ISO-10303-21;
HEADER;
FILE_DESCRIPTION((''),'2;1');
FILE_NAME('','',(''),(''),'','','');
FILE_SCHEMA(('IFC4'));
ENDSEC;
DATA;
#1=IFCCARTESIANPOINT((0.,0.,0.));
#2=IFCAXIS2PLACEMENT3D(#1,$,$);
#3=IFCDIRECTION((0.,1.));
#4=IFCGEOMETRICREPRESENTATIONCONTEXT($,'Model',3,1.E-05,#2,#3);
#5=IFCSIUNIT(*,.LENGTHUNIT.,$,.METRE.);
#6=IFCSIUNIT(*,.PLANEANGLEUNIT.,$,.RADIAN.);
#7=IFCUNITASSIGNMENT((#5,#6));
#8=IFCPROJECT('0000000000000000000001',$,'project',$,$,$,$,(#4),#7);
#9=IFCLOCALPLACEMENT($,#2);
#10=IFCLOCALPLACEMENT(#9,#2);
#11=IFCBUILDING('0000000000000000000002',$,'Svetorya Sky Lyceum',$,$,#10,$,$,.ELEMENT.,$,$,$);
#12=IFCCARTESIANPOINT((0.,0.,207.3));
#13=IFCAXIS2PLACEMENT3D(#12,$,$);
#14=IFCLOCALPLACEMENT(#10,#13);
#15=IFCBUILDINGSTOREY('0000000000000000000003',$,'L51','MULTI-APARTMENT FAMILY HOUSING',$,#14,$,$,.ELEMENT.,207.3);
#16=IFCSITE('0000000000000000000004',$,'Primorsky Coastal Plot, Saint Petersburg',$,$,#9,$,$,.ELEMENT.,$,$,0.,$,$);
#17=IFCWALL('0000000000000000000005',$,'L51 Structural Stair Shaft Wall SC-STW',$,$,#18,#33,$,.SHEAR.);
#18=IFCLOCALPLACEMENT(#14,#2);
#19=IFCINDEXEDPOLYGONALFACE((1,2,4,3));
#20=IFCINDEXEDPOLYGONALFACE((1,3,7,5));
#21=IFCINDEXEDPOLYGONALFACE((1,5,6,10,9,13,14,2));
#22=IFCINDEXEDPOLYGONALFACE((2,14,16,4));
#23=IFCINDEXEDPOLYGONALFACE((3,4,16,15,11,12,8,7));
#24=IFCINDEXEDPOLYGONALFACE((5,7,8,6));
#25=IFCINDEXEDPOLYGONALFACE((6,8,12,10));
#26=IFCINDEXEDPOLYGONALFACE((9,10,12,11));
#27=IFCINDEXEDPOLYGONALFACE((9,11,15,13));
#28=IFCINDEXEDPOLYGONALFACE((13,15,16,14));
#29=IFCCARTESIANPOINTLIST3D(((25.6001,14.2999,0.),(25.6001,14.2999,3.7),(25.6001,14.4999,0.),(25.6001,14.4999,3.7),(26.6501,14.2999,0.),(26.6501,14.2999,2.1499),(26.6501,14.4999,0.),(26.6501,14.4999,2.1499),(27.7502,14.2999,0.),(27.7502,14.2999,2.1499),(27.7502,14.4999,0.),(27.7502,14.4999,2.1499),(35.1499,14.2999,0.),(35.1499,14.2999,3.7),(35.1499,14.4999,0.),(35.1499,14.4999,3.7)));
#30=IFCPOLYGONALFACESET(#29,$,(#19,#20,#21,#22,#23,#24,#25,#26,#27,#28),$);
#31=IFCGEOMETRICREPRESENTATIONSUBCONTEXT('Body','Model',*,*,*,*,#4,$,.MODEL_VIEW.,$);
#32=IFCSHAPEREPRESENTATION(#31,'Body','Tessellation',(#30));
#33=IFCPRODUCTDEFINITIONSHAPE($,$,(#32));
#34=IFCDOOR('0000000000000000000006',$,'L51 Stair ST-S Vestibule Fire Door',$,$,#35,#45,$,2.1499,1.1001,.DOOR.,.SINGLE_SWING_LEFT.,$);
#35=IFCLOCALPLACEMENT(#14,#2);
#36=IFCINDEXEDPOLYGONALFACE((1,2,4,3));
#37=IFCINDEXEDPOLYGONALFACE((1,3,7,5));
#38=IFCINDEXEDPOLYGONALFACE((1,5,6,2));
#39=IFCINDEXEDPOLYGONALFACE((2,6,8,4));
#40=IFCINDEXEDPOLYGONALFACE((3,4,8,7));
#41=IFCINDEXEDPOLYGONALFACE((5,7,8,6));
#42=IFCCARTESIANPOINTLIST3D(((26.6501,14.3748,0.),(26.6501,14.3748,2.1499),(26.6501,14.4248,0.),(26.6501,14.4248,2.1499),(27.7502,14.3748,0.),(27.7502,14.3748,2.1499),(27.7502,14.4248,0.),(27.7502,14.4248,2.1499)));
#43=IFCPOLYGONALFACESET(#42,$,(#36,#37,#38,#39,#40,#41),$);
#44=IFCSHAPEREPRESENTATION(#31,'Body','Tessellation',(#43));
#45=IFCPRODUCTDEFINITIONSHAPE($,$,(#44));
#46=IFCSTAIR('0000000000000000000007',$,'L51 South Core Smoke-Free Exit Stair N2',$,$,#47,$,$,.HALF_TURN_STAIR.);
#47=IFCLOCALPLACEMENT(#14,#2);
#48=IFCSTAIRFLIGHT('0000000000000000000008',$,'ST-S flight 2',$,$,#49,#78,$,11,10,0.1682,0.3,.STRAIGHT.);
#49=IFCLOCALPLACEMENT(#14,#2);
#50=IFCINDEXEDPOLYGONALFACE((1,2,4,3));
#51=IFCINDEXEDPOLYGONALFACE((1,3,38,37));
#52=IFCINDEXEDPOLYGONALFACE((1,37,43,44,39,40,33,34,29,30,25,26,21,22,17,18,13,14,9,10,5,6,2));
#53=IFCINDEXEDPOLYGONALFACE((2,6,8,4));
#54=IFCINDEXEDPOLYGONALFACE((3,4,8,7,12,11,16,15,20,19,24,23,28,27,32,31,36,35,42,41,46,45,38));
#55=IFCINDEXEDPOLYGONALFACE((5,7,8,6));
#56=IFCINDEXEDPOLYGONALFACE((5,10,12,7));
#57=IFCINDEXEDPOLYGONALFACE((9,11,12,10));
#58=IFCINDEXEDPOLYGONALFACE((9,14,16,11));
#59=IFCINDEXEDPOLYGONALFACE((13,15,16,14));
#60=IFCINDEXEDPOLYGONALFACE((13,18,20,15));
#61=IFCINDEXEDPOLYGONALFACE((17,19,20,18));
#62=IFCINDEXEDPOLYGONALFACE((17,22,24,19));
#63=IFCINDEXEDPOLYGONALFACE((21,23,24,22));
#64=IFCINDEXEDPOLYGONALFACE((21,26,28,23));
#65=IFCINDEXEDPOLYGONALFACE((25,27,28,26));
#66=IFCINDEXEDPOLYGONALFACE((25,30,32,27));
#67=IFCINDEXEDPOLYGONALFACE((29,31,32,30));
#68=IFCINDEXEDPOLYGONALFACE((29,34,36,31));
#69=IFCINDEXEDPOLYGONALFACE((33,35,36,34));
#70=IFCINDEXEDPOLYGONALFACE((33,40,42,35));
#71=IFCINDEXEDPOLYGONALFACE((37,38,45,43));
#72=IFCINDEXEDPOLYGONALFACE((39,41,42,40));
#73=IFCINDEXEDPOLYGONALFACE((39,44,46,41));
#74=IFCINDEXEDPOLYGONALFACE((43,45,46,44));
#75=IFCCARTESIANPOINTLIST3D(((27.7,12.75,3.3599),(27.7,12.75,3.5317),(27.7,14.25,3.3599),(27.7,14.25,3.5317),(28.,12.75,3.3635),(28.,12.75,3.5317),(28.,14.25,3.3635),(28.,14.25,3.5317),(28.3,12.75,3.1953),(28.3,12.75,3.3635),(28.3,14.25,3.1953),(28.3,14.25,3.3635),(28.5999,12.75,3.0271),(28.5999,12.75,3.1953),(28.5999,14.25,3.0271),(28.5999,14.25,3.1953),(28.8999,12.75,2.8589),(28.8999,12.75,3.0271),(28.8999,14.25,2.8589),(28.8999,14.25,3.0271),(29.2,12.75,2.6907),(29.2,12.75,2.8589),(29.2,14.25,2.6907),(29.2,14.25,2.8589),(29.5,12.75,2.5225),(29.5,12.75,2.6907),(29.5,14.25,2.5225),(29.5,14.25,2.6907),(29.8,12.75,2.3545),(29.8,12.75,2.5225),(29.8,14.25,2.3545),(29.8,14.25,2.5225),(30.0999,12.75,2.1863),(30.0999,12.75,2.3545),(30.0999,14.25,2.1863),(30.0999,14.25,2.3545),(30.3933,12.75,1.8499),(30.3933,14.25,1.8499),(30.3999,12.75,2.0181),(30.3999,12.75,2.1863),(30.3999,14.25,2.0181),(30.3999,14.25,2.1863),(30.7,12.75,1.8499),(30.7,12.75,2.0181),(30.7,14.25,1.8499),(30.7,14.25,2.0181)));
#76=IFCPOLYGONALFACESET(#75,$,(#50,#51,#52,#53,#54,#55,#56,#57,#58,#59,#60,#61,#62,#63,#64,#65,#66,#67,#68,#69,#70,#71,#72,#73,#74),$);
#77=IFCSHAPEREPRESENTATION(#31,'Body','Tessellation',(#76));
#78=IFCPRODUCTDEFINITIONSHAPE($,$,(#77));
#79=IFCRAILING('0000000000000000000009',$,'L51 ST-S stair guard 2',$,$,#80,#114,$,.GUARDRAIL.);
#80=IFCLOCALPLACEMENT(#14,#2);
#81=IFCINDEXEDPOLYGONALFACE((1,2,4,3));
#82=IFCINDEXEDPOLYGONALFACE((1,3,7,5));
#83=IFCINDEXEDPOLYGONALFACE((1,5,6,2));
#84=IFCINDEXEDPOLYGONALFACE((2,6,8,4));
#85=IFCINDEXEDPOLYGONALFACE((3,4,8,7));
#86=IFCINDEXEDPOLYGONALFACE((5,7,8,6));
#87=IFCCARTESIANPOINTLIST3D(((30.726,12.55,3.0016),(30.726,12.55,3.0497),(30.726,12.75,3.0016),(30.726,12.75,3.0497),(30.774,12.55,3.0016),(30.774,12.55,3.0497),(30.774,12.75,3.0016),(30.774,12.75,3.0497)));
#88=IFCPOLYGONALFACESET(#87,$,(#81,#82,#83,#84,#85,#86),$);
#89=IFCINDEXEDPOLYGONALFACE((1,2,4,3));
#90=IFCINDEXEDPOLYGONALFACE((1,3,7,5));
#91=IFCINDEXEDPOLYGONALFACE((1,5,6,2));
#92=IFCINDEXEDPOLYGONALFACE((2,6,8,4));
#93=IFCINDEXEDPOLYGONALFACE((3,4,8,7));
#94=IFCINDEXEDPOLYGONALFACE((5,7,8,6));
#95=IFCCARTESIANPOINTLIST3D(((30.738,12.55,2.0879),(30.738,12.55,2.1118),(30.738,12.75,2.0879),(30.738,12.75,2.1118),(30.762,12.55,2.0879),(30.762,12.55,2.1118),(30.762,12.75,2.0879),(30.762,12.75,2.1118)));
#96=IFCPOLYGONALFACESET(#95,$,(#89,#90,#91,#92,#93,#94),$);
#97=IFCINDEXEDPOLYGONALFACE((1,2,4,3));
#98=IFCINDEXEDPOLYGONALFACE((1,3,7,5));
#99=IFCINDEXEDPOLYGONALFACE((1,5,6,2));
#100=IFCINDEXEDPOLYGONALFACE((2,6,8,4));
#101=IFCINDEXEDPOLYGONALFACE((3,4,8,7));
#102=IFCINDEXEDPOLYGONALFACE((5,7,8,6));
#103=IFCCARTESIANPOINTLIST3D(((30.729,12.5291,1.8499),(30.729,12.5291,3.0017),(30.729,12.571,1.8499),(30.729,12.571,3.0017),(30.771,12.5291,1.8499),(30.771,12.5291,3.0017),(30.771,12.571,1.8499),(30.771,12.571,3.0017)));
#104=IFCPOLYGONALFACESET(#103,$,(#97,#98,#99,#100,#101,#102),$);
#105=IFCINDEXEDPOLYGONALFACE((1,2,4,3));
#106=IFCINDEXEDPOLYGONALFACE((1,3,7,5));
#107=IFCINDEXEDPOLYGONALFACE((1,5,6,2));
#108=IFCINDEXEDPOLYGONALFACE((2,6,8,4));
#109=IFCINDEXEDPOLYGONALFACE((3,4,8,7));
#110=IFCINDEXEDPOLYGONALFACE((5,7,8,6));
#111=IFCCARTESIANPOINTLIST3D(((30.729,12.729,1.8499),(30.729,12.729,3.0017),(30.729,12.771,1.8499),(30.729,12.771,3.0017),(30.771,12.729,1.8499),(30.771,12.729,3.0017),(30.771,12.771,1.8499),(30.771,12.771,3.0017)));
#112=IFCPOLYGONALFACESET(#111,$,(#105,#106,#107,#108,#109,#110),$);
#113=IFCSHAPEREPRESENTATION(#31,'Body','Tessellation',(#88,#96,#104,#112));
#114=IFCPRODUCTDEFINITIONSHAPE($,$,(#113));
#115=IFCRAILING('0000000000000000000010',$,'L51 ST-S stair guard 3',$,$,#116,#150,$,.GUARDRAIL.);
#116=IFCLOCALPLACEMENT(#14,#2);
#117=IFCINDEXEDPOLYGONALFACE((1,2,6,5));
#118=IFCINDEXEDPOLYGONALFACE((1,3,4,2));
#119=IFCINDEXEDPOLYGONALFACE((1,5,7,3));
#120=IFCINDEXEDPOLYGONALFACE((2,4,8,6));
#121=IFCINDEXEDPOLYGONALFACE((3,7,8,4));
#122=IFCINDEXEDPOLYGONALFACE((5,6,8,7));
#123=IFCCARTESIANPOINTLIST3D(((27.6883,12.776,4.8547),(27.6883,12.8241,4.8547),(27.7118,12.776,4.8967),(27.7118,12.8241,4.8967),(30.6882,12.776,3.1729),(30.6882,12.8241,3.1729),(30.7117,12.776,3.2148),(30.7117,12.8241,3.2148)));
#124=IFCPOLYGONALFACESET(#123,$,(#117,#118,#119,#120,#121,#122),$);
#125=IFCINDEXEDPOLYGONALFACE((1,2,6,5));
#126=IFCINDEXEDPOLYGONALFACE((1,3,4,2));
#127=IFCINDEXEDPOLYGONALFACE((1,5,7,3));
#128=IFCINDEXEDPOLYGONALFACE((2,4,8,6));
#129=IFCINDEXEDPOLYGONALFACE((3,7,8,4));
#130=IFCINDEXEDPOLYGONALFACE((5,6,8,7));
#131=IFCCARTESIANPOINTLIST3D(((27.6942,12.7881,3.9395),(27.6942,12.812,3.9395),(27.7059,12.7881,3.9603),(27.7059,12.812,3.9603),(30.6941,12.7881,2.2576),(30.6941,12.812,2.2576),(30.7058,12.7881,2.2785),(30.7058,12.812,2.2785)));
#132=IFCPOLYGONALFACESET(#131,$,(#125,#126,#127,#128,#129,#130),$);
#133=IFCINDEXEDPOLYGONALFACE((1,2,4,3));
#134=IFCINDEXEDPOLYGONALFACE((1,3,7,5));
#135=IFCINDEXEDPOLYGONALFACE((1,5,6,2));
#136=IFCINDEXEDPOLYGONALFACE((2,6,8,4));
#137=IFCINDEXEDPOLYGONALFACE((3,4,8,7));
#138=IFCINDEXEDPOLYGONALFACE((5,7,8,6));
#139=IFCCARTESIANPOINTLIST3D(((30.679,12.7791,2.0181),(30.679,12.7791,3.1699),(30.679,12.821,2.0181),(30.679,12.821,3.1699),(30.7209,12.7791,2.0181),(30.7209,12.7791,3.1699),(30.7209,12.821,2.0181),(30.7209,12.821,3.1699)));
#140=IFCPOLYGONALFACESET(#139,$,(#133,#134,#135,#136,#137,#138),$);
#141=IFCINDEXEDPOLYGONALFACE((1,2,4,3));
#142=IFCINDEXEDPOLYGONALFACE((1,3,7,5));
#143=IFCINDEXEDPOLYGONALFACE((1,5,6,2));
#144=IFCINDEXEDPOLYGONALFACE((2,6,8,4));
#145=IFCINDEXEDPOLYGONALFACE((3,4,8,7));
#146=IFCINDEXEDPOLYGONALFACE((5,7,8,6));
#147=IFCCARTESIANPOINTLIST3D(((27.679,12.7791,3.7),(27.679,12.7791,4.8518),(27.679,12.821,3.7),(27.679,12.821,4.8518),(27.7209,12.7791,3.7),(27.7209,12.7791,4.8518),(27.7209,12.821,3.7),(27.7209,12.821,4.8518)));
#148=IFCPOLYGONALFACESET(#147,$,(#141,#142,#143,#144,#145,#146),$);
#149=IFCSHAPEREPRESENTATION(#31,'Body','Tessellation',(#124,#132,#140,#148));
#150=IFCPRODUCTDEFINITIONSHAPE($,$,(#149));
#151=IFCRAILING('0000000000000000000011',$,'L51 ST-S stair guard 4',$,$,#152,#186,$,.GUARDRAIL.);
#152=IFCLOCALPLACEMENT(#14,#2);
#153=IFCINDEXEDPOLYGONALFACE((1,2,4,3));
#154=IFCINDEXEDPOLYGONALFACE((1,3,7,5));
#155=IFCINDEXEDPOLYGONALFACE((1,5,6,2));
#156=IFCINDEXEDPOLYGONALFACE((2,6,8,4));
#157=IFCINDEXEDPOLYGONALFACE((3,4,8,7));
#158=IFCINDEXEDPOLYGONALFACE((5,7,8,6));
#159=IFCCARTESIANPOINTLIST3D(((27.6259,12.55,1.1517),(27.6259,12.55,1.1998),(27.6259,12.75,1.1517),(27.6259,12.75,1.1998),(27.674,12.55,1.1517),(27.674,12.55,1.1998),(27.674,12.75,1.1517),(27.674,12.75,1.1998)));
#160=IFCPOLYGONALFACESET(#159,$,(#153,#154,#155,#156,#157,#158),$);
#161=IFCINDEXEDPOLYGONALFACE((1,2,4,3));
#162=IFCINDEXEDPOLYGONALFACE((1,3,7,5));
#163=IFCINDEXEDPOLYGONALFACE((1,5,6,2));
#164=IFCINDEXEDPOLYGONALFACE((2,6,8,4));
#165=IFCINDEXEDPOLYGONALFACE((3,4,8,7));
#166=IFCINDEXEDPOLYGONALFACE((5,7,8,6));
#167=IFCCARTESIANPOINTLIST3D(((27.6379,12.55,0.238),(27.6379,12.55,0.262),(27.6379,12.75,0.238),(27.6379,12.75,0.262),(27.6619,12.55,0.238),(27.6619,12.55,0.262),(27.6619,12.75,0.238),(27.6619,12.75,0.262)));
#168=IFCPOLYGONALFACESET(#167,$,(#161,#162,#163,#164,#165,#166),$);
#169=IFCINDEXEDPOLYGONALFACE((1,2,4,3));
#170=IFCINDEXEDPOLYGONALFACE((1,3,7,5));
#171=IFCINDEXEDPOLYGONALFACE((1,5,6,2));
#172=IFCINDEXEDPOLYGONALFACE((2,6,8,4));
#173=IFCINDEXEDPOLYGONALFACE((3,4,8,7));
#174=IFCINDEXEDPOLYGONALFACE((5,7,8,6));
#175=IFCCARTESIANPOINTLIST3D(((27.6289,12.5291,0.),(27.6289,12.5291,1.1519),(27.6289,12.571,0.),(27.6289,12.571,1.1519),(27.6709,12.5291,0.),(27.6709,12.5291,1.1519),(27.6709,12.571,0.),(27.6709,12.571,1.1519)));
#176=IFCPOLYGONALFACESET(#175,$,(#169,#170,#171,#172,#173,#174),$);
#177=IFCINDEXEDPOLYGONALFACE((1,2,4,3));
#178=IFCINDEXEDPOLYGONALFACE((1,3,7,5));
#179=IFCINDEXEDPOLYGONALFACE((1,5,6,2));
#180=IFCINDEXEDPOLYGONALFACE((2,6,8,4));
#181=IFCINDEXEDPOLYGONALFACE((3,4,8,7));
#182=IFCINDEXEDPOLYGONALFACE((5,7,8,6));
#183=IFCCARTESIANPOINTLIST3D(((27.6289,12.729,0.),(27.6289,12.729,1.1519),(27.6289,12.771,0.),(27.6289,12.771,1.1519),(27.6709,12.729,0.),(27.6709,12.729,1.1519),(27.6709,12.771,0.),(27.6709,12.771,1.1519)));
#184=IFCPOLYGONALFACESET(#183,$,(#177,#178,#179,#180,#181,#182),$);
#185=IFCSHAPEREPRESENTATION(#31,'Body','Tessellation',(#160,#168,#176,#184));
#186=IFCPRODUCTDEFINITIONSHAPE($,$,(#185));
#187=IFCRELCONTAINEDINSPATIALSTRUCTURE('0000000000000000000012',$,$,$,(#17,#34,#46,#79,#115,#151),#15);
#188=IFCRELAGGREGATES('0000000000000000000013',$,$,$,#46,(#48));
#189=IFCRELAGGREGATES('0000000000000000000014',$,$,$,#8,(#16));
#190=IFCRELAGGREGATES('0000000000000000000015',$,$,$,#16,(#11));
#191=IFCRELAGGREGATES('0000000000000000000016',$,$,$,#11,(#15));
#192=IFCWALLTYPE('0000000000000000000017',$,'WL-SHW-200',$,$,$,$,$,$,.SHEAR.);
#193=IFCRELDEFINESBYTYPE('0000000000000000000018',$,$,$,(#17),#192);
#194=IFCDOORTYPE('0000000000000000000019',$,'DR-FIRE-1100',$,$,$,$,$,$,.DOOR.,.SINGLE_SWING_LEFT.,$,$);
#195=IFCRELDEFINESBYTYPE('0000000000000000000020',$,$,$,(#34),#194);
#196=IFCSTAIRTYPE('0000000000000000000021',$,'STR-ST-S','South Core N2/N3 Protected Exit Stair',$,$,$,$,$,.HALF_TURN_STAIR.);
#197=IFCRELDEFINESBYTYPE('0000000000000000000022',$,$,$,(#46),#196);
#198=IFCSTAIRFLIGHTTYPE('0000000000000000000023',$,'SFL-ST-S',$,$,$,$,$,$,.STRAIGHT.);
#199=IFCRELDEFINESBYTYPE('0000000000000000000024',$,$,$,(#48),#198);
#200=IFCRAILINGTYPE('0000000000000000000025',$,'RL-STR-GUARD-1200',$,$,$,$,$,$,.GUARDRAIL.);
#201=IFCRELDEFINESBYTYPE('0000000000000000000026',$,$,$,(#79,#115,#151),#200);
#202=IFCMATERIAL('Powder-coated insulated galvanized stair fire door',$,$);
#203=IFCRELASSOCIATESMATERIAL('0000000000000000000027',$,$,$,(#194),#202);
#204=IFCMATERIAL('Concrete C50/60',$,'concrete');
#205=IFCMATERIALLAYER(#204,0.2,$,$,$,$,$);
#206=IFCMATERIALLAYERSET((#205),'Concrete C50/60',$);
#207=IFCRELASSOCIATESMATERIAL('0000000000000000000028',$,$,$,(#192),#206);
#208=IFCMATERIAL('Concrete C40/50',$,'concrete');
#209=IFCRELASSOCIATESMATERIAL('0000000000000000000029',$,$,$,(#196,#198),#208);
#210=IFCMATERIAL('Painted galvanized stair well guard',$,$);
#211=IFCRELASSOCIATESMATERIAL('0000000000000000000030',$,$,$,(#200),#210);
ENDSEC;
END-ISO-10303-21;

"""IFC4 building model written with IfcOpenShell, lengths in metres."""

from ifc_helpers import new_model, si_unit, direction, frame, frame_2d, origin, origin_2d, place, context, subcontext, project, spatial, polyline, rectangle, outline, extrude, material, layer, layer_set, type_object, element, fill, aggregate, save


model = new_model("IFC4")

# Units and contexts
model_context = context("Model", 3, precision=1e-05, world=origin(), true_north=direction((0.0, 1.0)))
body_context = subcontext(model_context, "Body", "Model", "MODEL_VIEW")
ifc_project = project(units=[si_unit("LENGTHUNIT", "METRE"), si_unit("PLANEANGLEUNIT", "RADIAN")], contexts=[model_context])

# Site, building, storey
site_placement = place(None, origin())
site = spatial("IfcSite", under=ifc_project, at=site_placement, Name="Primorsky Coastal Plot, Saint Petersburg", CompositionType="ELEMENT", RefElevation=0.0)
building_placement = place(site_placement, origin())
building = spatial("IfcBuilding", under=site, at=building_placement, Name="Svetorya Sky Lyceum", CompositionType="ELEMENT")
storey_placement = place(building_placement, frame((0.0, 0.0, 207.3)))
storey = spatial("IfcBuildingStorey", under=building, at=storey_placement, Name="L51", Description="MULTI-APARTMENT FAMILY HOUSING", CompositionType="ELEMENT", Elevation=207.3)

# Shared definitions
ifc_material_1 = material(Name="Concrete C50/60", Category="concrete")

# Shared definitions
ifc_material_2 = material(Name="Powder-coated insulated galvanized stair fire door")
door_type_1 = type_object("IfcDoorType", Name="DR-FIRE-1100", OperationType="SINGLE_SWING_LEFT", PredefinedType="DOOR", material=ifc_material_2)

# Wall, opening, door
ifc_layer_1 = layer(ifc_material_1, 0.2)
ifc_layer_set_1 = layer_set([ifc_layer_1], Name="Concrete C50/60")
wall_type_1 = type_object("IfcWallType", Name="WL-SHW-200", PredefinedType="SHEAR", material=ifc_layer_set_1)
wall_1_placement = place(storey_placement, frame((25.6001, 14.3999, 0.0), z_axis=(0.0, 0.0, 1.0), x_axis=(1.0, 0.0, 0.0)))
wall_1 = element("IfcWall", 1, at=wall_1_placement, inside=storey, type_object=wall_type_1, Name="L51 Structural Stair Shaft Wall SC-STW", PredefinedType="SHEAR", context=body_context, shape_type="SweptSolid", body=[
    extrude(rectangle(XDim=9.5498, YDim=0.2, at=frame_2d((4.7749, 0.0))), origin(), (0.0, 0.0, 1.0), 3.7),
])
opening_1_placement = place(wall_1_placement, frame((1.05, 0.0, 0.0)))
opening_1 = element("IfcOpeningElement", 2, at=opening_1_placement, cuts=wall_1, PredefinedType="OPENING", context=body_context, shape_type="SweptSolid", body=[
    extrude(rectangle(XDim=1.1001, YDim=2.1499, at=frame_2d((0.55, 1.075))), frame((0.0, 0.1099, 0.0), z_axis=(0.0, -1.0, 0.0), x_axis=(1.0, 0.0, 0.0)), (0.0, 0.0, 1.0), 0.22),
])
door_1_placement = place(opening_1_placement, origin())
door_1 = element("IfcDoor", 3, at=door_1_placement, inside=storey, type_object=door_type_1, Name="L51 Stair ST-S Vestibule Fire Door", OperationType="SINGLE_SWING_LEFT", OverallHeight=2.1499, OverallWidth=1.1001, PredefinedType="DOOR", context=body_context, shape_type="SweptSolid", body=[
    extrude(rectangle(XDim=1.1001, YDim=2.1499, at=frame_2d((0.55, 1.075))), frame((0.0, 0.0249, 0.0), z_axis=(0.0, -1.0, 0.0), x_axis=(1.0, 0.0, 0.0)), (0.0, 0.0, 1.0), 0.05),
])
fill(opening_1, door_1)

# Stair, stair flight
ifc_material_3 = material(Name="Concrete C40/50", Category="concrete")
stair_type = type_object("IfcStairType", Name="STR-ST-S", Description="South Core N2/N3 Protected Exit Stair", PredefinedType="HALF_TURN_STAIR", material=ifc_material_3)
stair_placement = place(storey_placement, origin())
stair = element("IfcStair", 4, at=stair_placement, inside=storey, type_object=stair_type, Name="L51 South Core Smoke-Free Exit Stair N2", PredefinedType="HALF_TURN_STAIR")
stair_flight_type = type_object("IfcStairFlightType", Name="SFL-ST-S", PredefinedType="STRAIGHT", material=ifc_material_3)
stair_flight_placement = place(storey_placement, frame((30.7, 13.5, 1.8499), z_axis=(0.0, 0.0, 1.0), x_axis=(-1.0, 0.0, 0.0)))
stair_flight = element("IfcStairFlight", 5, at=stair_flight_placement, type_object=stair_flight_type, Name="ST-S flight 2", NumberOfRisers=11, NumberOfTreads=10, PredefinedType="STRAIGHT", RiserHeight=0.1682, TreadLength=0.3, context=body_context, shape_type="SweptSolid", body=[
    extrude(outline(polyline([(0.0, 0.0), (0.0, 0.1682), (0.3, 0.1682), (0.3, 0.3364), (0.6001, 0.3364), (0.6001, 0.5046), (0.8999, 0.5046), (0.8999, 0.6726), (1.2, 0.6726), (1.2, 0.8408), (1.5, 0.8408), (1.5, 1.009), (1.8, 1.009), (1.8, 1.1772), (2.1001, 1.1772), (2.1001, 1.3455), (2.3999, 1.3455), (2.3999, 1.5137), (2.7, 1.5137), (2.7, 1.6819), (3.0, 1.6819), (3.0, 1.8501), (3.0, 1.51), (0.3066, 0.0), (0.0, 0.0)])), frame((0.0, 0.75, 0.0), z_axis=(0.0, -1.0, 0.0), x_axis=(1.0, 0.0, 0.0)), (0.0, 0.0, 1.0), 1.5),
])
aggregate(stair, [stair_flight])

# Railings
ifc_material_4 = material(Name="Painted galvanized stair well guard")
railing_type_1 = type_object("IfcRailingType", Name="RL-STR-GUARD-1200", PredefinedType="GUARDRAIL", material=ifc_material_4)
railing_1_placement = place(storey_placement, frame((30.75, 12.55, 1.8499)))
element("IfcRailing", 6, at=railing_1_placement, inside=storey, type_object=railing_type_1, Name="L51 ST-S stair guard 2", PredefinedType="GUARDRAIL", context=body_context, shape_type="SweptSolid", body=[
    extrude(rectangle(XDim=0.0481, YDim=0.0481, at=origin_2d()), frame((0.0, 0.0, 1.1758), z_axis=(0.0, 1.0, 0.0), x_axis=(-1.0, 0.0, 0.0)), (0.0, 0.0, 1.0), 0.2),
    extrude(rectangle(XDim=0.0239, YDim=0.0239, at=origin_2d()), frame((0.0, 0.0, 0.25), z_axis=(0.0, 1.0, 0.0), x_axis=(-1.0, 0.0, 0.0)), (0.0, 0.0, 1.0), 0.2),
    extrude(rectangle(XDim=0.042, YDim=0.042, at=origin_2d()), origin(), (0.0, 0.0, 1.0), 1.1519),
    extrude(rectangle(XDim=0.042, YDim=0.042, at=origin_2d()), frame((0.0, 0.2, 0.0)), (0.0, 0.0, 1.0), 1.1519),
])
railing_2_placement = place(storey_placement, frame((30.7, 12.8, 2.0181)))
element("IfcRailing", 7, at=railing_2_placement, inside=storey, type_object=railing_type_1, Name="L51 ST-S stair guard 3", PredefinedType="GUARDRAIL", context=body_context, shape_type="SweptSolid", body=[
    extrude(rectangle(XDim=0.0481, YDim=0.0481, at=origin_2d()), frame((0.0, 0.0, 1.1758), z_axis=(-0.872272, 0.0, 0.48902), x_axis=(0.0, -1.0, 0.0)), (0.0, 0.0, 1.0), 3.4392),
    extrude(rectangle(XDim=0.0239, YDim=0.0239, at=origin_2d()), frame((0.0, 0.0, 0.25), z_axis=(-0.872272, 0.0, 0.48902), x_axis=(0.0, -1.0, 0.0)), (0.0, 0.0, 1.0), 3.4392),
    extrude(rectangle(XDim=0.042, YDim=0.042, at=origin_2d()), origin(), (0.0, 0.0, 1.0), 1.1519),
    extrude(rectangle(XDim=0.042, YDim=0.042, at=origin_2d()), frame((-3.0, 0.0, 1.6819)), (0.0, 0.0, 1.0), 1.1519),
])
railing_3_placement = place(storey_placement, frame((27.6499, 12.55, 0.0)))
element("IfcRailing", 8, at=railing_3_placement, inside=storey, type_object=railing_type_1, Name="L51 ST-S stair guard 4", PredefinedType="GUARDRAIL", context=body_context, shape_type="SweptSolid", body=[
    extrude(rectangle(XDim=0.0481, YDim=0.0481, at=origin_2d()), frame((0.0, 0.0, 1.1758), z_axis=(0.0, 1.0, 0.0), x_axis=(-1.0, 0.0, 0.0)), (0.0, 0.0, 1.0), 0.2),
    extrude(rectangle(XDim=0.0239, YDim=0.0239, at=origin_2d()), frame((0.0, 0.0, 0.25), z_axis=(0.0, 1.0, 0.0), x_axis=(-1.0, 0.0, 0.0)), (0.0, 0.0, 1.0), 0.2),
    extrude(rectangle(XDim=0.042, YDim=0.042, at=origin_2d()), origin(), (0.0, 0.0, 1.0), 1.1519),
    extrude(rectangle(XDim=0.042, YDim=0.042, at=origin_2d()), frame((0.0, 0.2, 0.0)), (0.0, 0.0, 1.0), 1.1519),
])

save(model, "model.ifc")
